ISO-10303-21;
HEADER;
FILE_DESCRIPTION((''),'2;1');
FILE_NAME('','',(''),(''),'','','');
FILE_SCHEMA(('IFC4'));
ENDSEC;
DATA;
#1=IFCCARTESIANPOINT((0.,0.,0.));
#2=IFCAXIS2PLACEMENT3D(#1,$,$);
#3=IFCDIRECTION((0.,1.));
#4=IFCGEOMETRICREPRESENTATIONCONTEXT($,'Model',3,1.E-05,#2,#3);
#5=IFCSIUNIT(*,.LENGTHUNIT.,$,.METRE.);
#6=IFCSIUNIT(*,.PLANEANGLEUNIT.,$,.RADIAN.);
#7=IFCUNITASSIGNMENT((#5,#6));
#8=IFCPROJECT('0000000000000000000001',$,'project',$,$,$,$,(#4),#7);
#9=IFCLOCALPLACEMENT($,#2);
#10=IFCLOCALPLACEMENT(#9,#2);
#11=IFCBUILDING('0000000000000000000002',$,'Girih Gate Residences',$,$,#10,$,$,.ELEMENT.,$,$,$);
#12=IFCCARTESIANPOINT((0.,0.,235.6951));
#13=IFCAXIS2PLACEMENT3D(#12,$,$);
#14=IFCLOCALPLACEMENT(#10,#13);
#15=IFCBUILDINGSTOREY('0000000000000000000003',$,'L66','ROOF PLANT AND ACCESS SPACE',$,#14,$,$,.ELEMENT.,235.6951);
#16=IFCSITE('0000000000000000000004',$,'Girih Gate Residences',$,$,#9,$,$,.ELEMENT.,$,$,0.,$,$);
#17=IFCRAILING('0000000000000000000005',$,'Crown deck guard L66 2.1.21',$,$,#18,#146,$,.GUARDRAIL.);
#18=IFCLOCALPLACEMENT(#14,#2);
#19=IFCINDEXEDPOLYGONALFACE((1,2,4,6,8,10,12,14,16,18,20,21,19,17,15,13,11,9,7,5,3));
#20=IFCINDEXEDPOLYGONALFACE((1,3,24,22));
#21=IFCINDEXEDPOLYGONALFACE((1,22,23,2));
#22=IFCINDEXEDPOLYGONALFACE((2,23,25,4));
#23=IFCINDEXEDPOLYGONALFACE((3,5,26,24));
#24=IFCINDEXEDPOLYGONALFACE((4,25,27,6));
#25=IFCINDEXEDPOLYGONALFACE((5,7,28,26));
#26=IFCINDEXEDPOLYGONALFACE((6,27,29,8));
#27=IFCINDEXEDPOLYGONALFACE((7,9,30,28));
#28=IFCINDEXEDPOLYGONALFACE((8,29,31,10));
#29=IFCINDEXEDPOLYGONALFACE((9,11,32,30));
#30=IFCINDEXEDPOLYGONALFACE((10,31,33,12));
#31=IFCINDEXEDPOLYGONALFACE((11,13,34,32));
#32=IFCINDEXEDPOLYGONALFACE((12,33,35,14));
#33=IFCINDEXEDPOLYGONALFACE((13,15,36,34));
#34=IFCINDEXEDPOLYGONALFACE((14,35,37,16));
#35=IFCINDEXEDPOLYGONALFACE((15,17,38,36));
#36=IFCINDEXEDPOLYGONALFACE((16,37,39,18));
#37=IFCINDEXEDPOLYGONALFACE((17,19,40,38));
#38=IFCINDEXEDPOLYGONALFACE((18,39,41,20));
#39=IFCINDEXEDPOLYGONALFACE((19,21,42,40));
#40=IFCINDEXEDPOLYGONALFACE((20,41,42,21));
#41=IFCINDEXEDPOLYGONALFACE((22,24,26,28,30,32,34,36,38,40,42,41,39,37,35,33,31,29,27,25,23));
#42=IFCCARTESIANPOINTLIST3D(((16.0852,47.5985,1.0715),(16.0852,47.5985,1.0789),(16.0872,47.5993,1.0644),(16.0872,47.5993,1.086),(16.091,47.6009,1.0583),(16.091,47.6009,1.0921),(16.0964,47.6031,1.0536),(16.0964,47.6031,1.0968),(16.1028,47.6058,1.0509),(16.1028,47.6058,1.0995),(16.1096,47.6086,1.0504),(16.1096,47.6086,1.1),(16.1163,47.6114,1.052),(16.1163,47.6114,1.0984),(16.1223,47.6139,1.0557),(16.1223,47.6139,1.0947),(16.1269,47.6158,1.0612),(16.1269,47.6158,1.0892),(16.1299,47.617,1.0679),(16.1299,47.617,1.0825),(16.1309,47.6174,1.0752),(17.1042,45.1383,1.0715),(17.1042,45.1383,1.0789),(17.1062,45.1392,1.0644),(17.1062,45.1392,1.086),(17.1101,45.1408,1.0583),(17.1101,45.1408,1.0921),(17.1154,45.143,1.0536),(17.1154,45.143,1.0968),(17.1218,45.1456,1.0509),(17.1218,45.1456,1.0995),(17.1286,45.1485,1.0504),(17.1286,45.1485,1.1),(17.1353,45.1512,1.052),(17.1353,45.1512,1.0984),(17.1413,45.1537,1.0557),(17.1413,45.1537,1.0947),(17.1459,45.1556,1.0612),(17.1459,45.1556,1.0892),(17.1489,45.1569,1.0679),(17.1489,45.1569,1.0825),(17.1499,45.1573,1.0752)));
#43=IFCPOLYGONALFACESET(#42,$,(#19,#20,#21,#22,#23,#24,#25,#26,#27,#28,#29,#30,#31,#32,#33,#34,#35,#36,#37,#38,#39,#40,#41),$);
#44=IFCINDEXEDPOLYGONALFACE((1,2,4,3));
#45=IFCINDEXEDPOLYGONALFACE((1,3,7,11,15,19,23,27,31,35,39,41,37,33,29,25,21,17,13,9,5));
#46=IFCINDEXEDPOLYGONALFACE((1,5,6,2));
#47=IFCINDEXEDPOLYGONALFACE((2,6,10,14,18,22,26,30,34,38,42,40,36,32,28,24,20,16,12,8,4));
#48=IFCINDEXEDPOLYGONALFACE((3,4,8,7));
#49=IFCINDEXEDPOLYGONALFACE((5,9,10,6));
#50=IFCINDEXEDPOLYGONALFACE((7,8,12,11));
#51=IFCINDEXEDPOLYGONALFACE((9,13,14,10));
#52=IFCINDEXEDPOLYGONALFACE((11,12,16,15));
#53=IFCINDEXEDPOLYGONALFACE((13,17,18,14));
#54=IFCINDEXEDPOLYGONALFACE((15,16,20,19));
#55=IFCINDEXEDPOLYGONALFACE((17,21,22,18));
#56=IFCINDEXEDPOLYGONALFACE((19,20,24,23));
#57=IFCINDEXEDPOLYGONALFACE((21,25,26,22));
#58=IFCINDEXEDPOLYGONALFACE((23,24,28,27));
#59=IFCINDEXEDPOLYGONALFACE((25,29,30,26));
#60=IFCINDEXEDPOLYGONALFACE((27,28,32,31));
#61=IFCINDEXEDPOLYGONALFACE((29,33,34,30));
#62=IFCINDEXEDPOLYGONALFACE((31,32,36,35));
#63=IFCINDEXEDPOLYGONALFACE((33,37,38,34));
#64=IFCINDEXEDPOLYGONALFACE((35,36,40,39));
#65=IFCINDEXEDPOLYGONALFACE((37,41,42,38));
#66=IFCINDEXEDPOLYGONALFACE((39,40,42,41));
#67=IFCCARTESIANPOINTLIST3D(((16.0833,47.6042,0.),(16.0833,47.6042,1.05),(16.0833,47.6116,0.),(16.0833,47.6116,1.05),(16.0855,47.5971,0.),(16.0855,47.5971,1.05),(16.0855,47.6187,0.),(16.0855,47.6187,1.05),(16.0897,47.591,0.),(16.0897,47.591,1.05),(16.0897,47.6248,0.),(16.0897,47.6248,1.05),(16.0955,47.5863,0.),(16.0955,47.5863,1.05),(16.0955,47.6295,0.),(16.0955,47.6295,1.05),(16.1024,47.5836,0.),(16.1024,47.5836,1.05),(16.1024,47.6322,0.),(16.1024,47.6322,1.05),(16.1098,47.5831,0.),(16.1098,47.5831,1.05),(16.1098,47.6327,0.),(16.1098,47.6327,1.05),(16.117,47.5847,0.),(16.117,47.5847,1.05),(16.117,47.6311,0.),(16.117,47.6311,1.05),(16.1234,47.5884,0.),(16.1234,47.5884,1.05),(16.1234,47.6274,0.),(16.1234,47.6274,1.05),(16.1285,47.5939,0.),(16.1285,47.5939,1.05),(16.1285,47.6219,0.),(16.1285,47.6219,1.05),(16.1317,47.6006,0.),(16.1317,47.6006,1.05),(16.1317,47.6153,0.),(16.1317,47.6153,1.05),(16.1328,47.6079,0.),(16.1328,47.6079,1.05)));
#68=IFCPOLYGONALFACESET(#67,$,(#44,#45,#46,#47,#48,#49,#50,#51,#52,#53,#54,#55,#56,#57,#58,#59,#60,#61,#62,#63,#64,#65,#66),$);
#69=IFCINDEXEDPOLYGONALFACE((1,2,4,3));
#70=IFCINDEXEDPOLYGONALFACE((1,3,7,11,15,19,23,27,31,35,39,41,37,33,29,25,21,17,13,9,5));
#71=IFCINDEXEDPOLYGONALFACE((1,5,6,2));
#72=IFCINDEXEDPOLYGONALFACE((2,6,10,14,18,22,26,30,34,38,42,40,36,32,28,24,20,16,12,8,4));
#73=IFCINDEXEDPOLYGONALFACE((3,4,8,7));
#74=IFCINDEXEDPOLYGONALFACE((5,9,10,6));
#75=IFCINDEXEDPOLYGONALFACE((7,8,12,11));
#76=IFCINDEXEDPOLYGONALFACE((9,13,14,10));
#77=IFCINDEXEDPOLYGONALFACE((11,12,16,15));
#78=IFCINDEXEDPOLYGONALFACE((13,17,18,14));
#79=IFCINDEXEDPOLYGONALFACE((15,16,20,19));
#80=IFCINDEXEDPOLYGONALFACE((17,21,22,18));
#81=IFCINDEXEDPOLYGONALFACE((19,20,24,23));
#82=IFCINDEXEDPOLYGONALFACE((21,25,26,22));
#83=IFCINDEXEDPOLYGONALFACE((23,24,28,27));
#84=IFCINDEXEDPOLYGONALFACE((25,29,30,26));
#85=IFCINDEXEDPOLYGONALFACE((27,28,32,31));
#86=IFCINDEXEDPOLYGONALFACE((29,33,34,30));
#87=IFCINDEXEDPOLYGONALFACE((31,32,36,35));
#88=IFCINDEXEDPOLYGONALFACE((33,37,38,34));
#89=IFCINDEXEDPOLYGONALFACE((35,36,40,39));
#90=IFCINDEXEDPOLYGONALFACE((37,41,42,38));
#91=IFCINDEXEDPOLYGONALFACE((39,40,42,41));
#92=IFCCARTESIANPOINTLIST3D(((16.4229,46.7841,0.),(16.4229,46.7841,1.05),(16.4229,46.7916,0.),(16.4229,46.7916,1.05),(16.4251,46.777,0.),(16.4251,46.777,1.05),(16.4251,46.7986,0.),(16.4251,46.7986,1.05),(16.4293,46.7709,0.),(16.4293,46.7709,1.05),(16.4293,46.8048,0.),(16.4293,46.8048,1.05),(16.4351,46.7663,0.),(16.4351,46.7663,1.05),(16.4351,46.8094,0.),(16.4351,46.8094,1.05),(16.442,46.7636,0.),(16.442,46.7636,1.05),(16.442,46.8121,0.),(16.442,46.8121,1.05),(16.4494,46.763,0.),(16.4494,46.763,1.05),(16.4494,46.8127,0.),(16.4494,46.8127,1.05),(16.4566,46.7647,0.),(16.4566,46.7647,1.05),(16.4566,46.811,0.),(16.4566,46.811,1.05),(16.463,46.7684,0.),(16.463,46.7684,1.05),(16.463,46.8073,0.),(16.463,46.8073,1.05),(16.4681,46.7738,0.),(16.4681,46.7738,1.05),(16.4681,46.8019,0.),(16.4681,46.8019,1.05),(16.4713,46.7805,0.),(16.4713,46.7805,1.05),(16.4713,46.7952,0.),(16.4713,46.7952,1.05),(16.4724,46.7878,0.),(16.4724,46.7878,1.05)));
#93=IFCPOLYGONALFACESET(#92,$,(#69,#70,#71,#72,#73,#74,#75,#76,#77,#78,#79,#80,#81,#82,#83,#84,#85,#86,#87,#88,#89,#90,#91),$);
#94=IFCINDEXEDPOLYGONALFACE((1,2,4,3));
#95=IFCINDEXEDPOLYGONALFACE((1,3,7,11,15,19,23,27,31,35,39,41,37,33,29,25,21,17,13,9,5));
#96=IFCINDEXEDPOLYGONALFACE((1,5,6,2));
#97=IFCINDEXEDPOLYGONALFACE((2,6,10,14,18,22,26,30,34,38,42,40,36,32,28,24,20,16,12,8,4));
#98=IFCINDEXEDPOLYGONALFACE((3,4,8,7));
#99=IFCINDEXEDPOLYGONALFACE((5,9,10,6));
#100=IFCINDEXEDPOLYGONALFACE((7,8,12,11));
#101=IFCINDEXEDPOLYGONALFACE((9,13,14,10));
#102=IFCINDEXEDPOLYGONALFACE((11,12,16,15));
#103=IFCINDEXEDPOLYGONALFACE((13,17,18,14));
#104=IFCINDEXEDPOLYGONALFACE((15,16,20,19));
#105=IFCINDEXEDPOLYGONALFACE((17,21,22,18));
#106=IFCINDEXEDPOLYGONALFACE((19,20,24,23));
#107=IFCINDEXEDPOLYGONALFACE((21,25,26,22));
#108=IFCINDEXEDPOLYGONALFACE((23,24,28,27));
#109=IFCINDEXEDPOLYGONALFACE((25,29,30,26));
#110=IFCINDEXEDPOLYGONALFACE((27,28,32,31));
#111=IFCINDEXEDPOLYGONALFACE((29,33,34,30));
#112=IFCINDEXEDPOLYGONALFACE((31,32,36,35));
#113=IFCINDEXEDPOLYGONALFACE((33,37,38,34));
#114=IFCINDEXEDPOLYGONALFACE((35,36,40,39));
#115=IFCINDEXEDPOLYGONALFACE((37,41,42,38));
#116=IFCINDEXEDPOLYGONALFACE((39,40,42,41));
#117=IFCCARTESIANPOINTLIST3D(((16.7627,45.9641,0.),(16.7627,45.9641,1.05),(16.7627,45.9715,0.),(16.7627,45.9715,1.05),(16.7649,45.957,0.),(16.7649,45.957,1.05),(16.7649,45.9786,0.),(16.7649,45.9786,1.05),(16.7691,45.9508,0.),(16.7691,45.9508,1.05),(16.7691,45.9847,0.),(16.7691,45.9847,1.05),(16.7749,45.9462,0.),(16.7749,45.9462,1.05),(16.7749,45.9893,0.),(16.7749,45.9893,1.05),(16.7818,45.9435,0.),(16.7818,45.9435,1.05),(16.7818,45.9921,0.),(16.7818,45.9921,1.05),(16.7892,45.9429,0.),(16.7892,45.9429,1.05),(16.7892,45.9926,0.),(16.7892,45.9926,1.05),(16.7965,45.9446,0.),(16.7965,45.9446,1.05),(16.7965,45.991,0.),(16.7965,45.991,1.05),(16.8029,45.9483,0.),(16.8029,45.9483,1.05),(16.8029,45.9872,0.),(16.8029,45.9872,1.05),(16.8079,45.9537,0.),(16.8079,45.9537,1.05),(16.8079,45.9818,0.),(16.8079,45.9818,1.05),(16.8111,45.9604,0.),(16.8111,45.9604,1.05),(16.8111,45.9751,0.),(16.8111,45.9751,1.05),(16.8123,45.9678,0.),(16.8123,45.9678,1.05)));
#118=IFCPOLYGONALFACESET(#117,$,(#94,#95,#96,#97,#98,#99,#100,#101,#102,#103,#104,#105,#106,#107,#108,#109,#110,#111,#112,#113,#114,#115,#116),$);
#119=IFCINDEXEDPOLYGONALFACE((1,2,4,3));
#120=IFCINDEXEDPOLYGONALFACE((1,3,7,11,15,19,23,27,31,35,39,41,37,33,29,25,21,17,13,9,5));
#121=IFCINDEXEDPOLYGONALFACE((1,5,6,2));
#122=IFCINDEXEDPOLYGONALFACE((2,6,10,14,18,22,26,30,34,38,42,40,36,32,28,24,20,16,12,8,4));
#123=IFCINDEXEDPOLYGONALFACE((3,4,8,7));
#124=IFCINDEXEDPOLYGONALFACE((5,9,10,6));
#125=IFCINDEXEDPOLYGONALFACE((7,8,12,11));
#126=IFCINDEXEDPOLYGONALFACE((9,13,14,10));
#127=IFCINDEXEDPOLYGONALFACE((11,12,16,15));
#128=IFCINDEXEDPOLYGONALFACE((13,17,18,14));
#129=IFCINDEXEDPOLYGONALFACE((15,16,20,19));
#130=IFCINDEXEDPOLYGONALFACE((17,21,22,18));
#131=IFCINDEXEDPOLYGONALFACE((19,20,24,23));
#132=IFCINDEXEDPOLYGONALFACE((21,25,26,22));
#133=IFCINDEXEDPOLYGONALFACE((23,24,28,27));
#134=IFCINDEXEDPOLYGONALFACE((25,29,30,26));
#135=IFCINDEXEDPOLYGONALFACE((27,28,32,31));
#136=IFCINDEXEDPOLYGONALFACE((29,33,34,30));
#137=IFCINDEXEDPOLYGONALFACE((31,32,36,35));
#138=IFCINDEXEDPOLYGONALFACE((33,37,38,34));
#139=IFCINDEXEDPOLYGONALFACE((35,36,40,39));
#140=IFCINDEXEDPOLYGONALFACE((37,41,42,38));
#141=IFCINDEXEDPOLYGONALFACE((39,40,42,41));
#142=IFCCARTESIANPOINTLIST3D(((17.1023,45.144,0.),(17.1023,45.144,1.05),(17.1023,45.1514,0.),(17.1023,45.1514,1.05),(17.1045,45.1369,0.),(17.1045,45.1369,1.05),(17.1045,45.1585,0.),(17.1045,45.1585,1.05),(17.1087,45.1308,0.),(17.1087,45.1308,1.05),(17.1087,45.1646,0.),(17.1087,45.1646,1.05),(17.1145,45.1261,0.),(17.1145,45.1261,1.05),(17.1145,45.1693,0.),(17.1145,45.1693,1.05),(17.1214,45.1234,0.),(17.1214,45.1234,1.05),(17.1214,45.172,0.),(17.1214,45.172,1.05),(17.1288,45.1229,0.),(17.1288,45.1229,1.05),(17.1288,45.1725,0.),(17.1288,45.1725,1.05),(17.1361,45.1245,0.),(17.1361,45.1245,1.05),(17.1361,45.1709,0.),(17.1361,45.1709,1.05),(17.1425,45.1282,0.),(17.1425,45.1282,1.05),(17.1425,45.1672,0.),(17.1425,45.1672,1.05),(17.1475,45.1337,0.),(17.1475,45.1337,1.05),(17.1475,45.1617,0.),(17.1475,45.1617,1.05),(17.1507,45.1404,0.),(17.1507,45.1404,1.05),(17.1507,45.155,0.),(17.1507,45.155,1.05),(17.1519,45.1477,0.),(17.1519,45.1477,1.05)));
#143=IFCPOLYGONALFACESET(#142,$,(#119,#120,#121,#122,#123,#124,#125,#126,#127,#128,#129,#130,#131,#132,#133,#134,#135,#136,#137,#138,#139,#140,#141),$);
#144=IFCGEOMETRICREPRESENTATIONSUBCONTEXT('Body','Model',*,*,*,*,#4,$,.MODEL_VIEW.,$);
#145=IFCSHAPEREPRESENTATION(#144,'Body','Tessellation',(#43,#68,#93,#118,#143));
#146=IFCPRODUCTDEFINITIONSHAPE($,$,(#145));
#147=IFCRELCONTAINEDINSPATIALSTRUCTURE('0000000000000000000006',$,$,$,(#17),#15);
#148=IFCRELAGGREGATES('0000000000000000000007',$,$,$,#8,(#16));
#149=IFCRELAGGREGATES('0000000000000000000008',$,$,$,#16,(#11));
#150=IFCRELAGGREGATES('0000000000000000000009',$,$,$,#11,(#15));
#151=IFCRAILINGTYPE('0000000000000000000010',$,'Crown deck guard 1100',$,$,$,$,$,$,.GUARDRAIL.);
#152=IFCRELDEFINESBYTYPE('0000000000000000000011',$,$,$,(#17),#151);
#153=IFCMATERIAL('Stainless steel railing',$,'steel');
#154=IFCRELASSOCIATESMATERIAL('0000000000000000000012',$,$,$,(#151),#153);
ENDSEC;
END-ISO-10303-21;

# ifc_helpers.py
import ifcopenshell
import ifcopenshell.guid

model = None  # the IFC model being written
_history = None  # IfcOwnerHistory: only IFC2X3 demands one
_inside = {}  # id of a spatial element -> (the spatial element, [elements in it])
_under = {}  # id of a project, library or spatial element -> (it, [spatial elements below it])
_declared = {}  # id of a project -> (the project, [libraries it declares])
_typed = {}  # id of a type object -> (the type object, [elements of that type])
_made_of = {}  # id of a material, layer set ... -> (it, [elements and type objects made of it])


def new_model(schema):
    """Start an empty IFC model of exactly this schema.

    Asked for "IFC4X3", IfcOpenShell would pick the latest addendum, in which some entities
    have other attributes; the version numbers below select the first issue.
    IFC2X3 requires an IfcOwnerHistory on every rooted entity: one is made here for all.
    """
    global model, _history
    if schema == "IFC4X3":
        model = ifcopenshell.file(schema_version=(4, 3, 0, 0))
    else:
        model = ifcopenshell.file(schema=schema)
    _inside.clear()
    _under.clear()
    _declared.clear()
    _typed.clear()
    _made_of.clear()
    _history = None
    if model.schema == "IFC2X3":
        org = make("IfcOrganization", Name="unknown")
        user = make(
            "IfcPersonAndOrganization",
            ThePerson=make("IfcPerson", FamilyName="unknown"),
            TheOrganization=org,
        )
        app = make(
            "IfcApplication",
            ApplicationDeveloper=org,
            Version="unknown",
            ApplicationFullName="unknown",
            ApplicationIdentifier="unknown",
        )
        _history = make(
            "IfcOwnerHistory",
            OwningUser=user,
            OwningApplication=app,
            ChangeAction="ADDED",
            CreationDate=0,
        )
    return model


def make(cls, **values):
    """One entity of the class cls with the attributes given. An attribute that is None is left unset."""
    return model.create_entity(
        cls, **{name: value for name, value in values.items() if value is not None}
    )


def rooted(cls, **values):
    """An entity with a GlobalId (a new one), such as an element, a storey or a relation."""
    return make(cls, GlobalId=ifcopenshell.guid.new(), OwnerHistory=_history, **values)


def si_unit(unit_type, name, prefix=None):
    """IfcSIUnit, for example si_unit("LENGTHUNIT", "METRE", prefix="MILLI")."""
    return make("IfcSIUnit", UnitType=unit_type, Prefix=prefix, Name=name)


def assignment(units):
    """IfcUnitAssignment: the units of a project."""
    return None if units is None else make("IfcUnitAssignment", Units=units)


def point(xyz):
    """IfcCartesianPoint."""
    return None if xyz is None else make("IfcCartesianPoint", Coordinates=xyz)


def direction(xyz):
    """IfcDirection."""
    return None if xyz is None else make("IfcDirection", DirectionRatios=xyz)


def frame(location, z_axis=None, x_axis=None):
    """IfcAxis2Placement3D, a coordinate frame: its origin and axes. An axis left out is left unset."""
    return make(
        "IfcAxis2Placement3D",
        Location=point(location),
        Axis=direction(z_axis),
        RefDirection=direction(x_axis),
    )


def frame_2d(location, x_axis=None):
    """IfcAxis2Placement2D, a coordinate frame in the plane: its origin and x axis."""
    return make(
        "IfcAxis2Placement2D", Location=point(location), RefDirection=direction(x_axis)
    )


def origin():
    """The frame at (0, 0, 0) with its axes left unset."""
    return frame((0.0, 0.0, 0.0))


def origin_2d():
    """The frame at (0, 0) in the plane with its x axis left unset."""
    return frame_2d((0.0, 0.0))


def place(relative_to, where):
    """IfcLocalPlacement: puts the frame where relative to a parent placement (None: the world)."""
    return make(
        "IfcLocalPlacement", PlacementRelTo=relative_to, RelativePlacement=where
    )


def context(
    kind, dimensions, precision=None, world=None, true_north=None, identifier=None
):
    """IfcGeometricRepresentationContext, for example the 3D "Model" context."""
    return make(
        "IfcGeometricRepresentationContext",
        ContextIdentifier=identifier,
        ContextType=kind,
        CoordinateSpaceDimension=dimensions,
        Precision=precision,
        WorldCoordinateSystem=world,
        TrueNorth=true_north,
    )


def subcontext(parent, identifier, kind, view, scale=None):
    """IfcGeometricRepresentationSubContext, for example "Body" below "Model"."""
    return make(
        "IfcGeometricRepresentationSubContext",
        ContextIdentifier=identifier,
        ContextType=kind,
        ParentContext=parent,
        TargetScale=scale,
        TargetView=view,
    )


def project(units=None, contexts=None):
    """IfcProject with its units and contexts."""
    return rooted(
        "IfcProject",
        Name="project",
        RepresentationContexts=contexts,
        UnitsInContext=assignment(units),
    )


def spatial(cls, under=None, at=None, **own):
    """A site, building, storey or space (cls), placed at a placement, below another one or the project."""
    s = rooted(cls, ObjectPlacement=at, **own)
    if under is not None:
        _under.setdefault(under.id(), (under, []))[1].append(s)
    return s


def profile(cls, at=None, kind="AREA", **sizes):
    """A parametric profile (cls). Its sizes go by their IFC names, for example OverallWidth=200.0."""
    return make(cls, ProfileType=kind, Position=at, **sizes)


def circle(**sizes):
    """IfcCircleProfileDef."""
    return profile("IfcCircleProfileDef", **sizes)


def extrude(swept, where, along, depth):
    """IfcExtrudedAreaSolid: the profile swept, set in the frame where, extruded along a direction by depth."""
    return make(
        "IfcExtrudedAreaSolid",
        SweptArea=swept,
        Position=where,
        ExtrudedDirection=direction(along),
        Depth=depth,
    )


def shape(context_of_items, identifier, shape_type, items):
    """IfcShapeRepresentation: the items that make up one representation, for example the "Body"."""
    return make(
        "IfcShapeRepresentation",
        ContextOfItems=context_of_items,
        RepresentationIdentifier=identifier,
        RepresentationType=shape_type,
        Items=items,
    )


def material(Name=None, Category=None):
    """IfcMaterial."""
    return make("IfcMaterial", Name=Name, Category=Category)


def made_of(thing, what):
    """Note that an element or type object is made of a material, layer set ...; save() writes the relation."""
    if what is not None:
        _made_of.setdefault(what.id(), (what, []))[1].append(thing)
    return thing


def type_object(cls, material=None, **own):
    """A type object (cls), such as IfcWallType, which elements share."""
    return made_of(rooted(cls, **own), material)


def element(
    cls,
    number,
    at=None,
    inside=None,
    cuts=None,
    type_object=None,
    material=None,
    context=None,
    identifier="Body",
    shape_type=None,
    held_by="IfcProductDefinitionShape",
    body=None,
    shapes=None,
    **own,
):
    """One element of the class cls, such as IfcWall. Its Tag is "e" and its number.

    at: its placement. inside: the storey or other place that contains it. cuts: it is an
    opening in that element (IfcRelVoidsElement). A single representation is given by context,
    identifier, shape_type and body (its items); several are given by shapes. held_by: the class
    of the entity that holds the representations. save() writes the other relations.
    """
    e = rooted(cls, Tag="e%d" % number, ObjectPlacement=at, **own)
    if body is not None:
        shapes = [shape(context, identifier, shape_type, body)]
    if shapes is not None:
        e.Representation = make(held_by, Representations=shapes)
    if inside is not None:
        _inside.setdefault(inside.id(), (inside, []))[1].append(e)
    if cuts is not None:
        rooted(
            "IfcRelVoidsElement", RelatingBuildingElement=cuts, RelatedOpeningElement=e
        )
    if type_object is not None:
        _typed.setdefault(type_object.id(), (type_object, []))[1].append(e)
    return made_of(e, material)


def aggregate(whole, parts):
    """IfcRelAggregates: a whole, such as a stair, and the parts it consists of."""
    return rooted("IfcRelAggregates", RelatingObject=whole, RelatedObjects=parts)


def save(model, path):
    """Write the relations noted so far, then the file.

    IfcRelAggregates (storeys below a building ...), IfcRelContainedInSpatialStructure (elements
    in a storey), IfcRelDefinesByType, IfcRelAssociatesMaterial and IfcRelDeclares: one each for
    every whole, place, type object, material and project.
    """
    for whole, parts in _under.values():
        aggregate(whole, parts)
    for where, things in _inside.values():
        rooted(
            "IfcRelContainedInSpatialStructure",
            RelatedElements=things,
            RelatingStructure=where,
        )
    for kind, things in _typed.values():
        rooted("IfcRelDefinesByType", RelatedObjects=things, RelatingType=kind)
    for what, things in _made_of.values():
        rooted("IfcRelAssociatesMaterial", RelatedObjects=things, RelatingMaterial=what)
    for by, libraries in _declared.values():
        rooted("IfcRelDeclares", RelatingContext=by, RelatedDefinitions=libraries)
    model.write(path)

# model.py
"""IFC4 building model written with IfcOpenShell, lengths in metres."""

from ifc_helpers import new_model, si_unit, direction, frame, origin, origin_2d, place, context, subcontext, project, spatial, circle, extrude, material, type_object, element, save


model = new_model("IFC4")

# Units and contexts
model_context = context("Model", 3, precision=1e-05, world=origin(), true_north=direction((0.0, 1.0)))
body_context = subcontext(model_context, "Body", "Model", "MODEL_VIEW")
ifc_project = project(units=[si_unit("LENGTHUNIT", "METRE"), si_unit("PLANEANGLEUNIT", "RADIAN")], contexts=[model_context])

# Site, building, storey
site_placement = place(None, origin())
site = spatial("IfcSite", under=ifc_project, at=site_placement, Name="Girih Gate Residences", CompositionType="ELEMENT", RefElevation=0.0)
building_placement = place(site_placement, origin())
building = spatial("IfcBuilding", under=site, at=building_placement, Name="Girih Gate Residences", CompositionType="ELEMENT")
storey_placement = place(building_placement, frame((0.0, 0.0, 235.6951)))
storey = spatial("IfcBuildingStorey", under=building, at=storey_placement, Name="L66", Description="ROOF PLANT AND ACCESS SPACE", CompositionType="ELEMENT", Elevation=235.6951)

# Railing
ifc_material_1 = material(Name="Stainless steel railing", Category="steel")
railing_type = type_object("IfcRailingType", Name="Crown deck guard 1100", PredefinedType="GUARDRAIL", material=ifc_material_1)
railing_1_placement = place(storey_placement, frame((16.1079, 47.6079, 0.0)))
element("IfcRailing", 1, at=railing_1_placement, inside=storey, type_object=railing_type, Name="Crown deck guard L66 2.1.21", PredefinedType="GUARDRAIL", context=body_context, shape_type="SweptSolid", body=[
    extrude(circle(Radius=0.0249, at=origin_2d()), frame((0.0, 0.0, 1.0752), z_axis=(0.382681, -0.923881, 0.0), x_axis=(0.923881, 0.382681, 0.0)), (0.0, 0.0, 1.0), 2.6628),
    extrude(circle(Radius=0.0249, at=origin_2d()), origin(), (0.0, 0.0, 1.0), 1.05),
    extrude(circle(Radius=0.0249, at=origin_2d()), frame((0.3396, -0.8201, 0.0)), (0.0, 0.0, 1.0), 1.05),
    extrude(circle(Radius=0.0249, at=origin_2d()), frame((0.6794, -1.6401, 0.0)), (0.0, 0.0, 1.0), 1.05),
    extrude(circle(Radius=0.0249, at=origin_2d()), frame((1.019, -2.4602, 0.0)), (0.0, 0.0, 1.0), 1.05),
])

save(model, "model.ifc")
